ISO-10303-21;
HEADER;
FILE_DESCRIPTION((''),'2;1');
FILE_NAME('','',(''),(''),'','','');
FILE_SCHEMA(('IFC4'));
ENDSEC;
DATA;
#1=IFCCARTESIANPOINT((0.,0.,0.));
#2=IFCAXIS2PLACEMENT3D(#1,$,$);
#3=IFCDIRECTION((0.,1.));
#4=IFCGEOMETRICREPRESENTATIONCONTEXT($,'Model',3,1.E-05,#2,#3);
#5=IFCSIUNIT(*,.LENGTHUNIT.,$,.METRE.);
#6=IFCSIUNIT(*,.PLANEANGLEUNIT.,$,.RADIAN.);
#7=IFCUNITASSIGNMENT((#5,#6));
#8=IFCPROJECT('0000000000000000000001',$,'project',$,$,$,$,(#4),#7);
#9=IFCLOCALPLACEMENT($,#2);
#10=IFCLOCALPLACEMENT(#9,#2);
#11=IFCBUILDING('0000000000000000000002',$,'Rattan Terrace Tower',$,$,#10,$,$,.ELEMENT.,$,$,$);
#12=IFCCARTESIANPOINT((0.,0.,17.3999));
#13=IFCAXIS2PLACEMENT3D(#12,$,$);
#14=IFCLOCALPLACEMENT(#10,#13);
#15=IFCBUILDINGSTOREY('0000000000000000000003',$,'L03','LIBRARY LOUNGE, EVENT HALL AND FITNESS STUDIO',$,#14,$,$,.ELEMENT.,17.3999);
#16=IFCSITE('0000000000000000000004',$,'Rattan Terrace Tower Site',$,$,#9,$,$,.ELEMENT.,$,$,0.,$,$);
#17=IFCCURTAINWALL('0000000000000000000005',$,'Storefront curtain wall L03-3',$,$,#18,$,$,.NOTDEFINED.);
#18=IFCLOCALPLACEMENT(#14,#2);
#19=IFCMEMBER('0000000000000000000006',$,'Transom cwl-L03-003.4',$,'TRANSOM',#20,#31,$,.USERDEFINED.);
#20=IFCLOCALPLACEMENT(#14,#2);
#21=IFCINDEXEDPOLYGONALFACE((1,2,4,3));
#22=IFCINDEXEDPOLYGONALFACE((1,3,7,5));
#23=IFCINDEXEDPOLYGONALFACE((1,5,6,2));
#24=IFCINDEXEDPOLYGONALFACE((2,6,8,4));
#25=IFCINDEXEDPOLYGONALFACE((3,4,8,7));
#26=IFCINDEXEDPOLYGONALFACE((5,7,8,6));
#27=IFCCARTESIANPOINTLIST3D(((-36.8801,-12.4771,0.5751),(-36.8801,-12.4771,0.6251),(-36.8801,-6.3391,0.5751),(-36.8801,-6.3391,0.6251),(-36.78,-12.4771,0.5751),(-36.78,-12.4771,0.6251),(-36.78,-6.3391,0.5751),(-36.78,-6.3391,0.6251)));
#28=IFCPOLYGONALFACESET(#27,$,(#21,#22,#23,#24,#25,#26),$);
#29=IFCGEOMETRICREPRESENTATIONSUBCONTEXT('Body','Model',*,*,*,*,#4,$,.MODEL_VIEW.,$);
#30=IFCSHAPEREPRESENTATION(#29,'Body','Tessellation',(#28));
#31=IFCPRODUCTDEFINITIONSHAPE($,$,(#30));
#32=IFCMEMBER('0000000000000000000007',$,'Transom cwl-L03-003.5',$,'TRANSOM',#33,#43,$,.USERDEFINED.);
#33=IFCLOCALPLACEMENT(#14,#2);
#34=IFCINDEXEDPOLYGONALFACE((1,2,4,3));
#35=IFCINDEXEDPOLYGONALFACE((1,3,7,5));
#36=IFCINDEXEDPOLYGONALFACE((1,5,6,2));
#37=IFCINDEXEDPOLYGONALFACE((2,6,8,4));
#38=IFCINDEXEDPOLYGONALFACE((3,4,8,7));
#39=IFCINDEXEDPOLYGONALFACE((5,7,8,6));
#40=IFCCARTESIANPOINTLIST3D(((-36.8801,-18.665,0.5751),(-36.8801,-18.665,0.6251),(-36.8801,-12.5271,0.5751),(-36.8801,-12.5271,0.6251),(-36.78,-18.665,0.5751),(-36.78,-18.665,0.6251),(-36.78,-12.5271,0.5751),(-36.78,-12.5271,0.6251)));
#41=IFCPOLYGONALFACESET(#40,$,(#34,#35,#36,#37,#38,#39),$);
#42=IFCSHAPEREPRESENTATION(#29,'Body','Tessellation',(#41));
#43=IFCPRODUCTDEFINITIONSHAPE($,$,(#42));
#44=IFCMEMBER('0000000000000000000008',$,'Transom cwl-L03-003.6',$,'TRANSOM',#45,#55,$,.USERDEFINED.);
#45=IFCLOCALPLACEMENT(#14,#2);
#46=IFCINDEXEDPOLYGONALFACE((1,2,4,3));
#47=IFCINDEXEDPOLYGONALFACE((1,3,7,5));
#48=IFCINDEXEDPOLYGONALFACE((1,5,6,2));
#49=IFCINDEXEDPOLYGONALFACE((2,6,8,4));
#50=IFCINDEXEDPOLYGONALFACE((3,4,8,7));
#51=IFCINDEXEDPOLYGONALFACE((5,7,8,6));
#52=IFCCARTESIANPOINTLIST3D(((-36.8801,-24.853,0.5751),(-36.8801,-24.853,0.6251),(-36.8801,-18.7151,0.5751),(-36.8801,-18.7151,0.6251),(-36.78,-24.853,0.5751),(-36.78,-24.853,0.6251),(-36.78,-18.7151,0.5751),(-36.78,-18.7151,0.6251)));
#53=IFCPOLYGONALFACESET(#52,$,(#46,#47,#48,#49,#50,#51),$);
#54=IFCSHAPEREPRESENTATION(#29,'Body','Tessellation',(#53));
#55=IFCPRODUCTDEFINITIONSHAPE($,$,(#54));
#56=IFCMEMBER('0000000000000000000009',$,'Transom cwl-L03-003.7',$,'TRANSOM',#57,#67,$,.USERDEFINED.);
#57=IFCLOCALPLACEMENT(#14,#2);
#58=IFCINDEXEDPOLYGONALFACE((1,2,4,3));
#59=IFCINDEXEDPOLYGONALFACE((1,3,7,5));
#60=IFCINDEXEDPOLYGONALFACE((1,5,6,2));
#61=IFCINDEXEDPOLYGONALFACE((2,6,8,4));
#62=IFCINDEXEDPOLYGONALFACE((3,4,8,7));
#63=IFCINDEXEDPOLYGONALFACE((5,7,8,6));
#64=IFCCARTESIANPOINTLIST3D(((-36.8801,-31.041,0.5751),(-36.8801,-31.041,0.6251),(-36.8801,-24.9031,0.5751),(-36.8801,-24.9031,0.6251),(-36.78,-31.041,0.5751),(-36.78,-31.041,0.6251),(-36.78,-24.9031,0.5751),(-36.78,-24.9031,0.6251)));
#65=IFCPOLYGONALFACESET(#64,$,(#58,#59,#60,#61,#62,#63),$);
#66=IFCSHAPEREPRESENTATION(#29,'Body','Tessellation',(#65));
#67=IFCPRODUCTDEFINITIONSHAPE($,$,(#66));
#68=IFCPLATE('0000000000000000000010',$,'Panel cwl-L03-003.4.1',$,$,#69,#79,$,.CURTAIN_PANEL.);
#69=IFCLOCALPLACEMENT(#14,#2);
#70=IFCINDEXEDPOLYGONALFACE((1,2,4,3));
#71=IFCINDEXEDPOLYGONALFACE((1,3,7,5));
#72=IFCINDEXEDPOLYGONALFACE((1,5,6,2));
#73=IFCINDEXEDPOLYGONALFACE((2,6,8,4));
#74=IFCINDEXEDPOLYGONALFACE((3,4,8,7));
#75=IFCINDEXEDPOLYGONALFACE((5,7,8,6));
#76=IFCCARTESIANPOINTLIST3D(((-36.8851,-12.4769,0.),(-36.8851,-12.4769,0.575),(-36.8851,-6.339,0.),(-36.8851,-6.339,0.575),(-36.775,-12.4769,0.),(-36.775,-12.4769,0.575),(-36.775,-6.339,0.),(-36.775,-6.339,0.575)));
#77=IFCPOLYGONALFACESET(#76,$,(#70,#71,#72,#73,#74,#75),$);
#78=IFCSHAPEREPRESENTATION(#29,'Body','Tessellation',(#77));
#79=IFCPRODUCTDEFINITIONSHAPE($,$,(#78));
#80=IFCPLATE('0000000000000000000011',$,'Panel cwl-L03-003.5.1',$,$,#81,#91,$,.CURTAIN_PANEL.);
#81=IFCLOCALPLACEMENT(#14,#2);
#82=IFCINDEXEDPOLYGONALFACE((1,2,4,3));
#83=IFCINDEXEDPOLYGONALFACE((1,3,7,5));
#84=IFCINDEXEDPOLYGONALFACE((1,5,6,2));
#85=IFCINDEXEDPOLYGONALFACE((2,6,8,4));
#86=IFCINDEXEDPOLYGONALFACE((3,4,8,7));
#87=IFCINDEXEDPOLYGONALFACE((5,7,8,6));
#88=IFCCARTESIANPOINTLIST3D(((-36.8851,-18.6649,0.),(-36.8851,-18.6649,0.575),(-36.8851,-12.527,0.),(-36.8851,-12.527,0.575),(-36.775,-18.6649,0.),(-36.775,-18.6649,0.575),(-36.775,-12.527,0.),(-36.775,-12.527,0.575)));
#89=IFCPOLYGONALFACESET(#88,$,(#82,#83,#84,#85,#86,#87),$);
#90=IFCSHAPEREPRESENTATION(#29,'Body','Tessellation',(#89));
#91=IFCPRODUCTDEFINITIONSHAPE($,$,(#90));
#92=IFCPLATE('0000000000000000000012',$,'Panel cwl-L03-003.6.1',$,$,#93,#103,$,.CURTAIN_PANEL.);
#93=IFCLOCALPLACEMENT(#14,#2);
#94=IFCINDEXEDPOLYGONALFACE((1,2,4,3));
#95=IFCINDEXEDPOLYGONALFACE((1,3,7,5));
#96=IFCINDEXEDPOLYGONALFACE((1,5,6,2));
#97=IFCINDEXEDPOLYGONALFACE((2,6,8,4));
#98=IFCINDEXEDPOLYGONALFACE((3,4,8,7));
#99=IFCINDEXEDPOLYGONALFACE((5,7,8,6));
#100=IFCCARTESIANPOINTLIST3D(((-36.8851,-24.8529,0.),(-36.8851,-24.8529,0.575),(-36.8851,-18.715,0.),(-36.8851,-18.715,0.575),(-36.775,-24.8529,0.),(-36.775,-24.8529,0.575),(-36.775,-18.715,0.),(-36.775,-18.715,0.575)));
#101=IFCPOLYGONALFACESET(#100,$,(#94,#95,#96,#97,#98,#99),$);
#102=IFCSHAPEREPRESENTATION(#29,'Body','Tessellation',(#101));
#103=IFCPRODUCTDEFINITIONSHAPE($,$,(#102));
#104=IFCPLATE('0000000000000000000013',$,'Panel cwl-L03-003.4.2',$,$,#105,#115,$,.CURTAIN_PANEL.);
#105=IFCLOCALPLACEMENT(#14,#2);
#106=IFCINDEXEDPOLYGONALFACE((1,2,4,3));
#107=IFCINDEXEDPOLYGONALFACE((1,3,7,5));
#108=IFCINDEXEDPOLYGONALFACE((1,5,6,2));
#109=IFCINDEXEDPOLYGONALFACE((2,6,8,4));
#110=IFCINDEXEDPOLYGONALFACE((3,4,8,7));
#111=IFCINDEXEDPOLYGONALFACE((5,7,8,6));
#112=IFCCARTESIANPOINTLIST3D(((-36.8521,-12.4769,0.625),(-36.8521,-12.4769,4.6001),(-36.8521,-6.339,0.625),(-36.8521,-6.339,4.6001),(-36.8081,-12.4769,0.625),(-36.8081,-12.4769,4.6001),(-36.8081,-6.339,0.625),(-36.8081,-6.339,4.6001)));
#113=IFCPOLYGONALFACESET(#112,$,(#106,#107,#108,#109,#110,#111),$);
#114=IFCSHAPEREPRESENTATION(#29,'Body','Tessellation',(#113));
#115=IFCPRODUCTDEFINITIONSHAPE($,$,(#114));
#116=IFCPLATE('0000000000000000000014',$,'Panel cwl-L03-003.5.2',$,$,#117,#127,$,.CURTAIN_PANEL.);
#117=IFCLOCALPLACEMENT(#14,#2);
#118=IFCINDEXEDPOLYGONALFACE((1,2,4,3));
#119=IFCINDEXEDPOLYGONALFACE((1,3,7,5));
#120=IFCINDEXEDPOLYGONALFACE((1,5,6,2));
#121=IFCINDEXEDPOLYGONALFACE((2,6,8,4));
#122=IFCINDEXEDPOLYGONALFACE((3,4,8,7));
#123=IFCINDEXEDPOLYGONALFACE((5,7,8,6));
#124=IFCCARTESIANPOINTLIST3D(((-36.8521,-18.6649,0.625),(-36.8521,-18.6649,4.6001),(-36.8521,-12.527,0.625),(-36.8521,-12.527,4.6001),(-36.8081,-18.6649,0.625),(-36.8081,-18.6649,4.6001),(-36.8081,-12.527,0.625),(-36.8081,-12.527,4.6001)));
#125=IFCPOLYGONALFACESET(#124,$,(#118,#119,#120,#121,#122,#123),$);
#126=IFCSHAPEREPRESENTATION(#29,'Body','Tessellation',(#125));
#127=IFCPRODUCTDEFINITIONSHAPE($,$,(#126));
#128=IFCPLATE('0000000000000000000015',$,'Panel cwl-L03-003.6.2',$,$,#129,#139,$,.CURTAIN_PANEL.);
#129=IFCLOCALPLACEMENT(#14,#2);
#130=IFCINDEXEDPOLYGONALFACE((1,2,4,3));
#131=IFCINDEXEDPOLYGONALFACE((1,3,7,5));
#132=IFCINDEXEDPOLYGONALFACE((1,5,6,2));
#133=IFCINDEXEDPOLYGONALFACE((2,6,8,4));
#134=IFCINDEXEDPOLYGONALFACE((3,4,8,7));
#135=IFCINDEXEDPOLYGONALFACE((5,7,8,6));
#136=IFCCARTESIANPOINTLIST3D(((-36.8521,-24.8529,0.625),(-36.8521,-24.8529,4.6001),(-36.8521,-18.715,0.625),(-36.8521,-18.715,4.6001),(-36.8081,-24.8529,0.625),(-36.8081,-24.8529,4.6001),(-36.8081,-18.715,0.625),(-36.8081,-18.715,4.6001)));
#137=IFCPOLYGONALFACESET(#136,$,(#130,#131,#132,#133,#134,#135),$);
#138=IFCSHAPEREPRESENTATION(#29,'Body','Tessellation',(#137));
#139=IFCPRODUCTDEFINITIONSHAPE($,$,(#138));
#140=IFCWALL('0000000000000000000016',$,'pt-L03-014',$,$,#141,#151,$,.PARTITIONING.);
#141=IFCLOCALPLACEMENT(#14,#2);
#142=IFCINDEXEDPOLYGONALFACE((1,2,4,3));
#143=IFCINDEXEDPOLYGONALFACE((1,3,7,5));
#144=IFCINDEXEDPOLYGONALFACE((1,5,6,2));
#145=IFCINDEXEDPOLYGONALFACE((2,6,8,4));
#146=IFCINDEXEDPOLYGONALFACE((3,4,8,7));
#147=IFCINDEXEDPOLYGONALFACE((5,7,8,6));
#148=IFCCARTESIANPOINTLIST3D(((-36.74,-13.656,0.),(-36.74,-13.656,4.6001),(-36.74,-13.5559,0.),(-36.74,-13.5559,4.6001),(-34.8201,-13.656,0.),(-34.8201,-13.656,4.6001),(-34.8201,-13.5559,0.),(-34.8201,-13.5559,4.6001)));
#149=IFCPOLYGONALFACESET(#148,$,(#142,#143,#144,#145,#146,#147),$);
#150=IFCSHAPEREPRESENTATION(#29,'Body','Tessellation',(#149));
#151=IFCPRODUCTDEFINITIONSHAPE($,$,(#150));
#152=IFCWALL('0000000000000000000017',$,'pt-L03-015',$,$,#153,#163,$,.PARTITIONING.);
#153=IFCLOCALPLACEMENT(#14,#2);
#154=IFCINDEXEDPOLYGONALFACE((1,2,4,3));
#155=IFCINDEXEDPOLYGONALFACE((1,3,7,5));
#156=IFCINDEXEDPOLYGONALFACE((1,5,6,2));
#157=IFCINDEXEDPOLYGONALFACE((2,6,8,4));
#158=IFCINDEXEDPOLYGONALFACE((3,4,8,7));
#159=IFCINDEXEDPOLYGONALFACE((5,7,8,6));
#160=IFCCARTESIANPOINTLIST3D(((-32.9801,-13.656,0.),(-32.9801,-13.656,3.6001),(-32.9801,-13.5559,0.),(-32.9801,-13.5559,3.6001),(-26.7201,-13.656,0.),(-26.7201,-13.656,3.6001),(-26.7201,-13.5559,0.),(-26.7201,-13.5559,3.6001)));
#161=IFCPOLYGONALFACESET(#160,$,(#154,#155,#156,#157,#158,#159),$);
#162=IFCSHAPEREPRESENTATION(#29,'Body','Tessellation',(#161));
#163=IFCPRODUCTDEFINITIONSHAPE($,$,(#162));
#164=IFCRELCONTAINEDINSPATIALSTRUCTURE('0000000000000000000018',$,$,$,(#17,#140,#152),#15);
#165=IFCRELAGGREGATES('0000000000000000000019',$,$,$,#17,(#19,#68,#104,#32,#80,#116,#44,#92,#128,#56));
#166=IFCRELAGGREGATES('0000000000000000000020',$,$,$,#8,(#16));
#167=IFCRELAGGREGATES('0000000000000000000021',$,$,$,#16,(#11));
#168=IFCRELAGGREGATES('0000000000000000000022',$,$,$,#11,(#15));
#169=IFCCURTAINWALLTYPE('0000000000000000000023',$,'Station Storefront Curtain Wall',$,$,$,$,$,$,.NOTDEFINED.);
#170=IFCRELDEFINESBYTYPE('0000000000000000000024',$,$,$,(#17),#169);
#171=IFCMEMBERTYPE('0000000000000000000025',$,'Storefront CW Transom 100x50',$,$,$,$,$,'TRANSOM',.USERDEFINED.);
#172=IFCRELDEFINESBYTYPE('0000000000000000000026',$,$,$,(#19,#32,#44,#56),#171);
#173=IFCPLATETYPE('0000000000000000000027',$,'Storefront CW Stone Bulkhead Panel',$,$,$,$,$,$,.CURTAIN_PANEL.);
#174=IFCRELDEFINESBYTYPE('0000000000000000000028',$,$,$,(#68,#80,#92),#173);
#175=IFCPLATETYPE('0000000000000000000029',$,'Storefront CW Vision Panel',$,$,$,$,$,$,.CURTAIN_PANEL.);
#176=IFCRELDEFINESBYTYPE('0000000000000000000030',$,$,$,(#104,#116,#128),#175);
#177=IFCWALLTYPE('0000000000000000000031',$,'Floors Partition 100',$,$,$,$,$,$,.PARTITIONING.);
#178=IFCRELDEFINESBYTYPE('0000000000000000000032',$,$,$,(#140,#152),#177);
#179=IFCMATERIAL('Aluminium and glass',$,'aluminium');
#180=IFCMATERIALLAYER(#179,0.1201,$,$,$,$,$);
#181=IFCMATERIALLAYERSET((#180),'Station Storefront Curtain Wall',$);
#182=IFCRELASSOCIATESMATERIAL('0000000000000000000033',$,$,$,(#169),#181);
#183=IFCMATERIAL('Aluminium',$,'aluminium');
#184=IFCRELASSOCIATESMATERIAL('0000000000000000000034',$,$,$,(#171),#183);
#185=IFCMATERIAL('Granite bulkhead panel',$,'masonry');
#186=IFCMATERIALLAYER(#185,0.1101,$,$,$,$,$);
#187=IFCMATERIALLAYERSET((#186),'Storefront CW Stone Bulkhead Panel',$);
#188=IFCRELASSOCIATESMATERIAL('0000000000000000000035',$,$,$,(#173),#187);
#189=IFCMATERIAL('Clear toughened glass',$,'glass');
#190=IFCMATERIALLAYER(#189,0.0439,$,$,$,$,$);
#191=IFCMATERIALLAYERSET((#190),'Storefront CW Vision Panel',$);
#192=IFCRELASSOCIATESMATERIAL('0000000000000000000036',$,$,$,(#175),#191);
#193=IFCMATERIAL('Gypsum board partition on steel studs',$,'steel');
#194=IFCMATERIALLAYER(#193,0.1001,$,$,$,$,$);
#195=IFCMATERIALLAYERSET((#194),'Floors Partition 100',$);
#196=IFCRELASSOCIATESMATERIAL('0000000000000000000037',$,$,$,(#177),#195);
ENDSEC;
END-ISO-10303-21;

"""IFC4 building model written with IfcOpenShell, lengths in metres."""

from ifc_helpers import new_model, si_unit, direction, frame, frame_2d, origin, origin_2d, place, context, subcontext, project, spatial, rectangle, extrude, material, layer, layer_set, material_profile, profile_set, type_object, element, aggregate, save


model = new_model("IFC4")

# Units and contexts
model_context = context("Model", 3, precision=1e-05, world=origin(), true_north=direction((0.0, 1.0)))
body_context = subcontext(model_context, "Body", "Model", "MODEL_VIEW")
ifc_project = project(units=[si_unit("LENGTHUNIT", "METRE"), si_unit("PLANEANGLEUNIT", "RADIAN")], contexts=[model_context])

# Site, building, storey
site_placement = place(None, origin())
site = spatial("IfcSite", under=ifc_project, at=site_placement, Name="Rattan Terrace Tower Site", CompositionType="ELEMENT", RefElevation=0.0)
building_placement = place(site_placement, origin())
building = spatial("IfcBuilding", under=site, at=building_placement, Name="Rattan Terrace Tower", CompositionType="ELEMENT")
storey_placement = place(building_placement, frame((0.0, 0.0, 17.3999)))
storey = spatial("IfcBuildingStorey", under=building, at=storey_placement, Name="L03", Description="LIBRARY LOUNGE, EVENT HALL AND FITNESS STUDIO", CompositionType="ELEMENT", Elevation=17.3999)

# Curtain wall, members, plates
ifc_material_1 = material(Name="Aluminium and glass", Category="aluminium")
ifc_layer_1 = layer(ifc_material_1, 0.1201)
ifc_layer_set_1 = layer_set([ifc_layer_1], Name="Station Storefront Curtain Wall")
curtain_wall_type = type_object("IfcCurtainWallType", Name="Station Storefront Curtain Wall", PredefinedType="NOTDEFINED", material=ifc_layer_set_1)
curtain_wall_placement = place(storey_placement, origin())
curtain_wall = element("IfcCurtainWall", 1, at=curtain_wall_placement, inside=storey, type_object=curtain_wall_type, Name="Storefront curtain wall L03-3", PredefinedType="NOTDEFINED")
ifc_material_2 = material(Name="Aluminium", Category="aluminium")
ifc_material_profile_1 = material_profile(ifc_material_2, rectangle(XDim=0.1001, YDim=0.05, at=origin_2d()), Name="Aluminium 100x50")
ifc_profile_set_1 = profile_set([ifc_material_profile_1], Name="Aluminium")
member_type_1 = type_object("IfcMemberType", Name="Storefront CW Transom 100x50", ElementType="TRANSOM", PredefinedType="USERDEFINED", material=ifc_profile_set_1)
member_1_placement = place(storey_placement, frame((-36.8301, -6.3391, 0.6001), z_axis=(0.0, -1.0, 0.0), x_axis=(1.0, 0.0, 0.0)))
member_1 = element("IfcMember", 2, at=member_1_placement, type_object=member_type_1, Name="Transom cwl-L03-003.4", ObjectType="TRANSOM", PredefinedType="USERDEFINED", context=body_context, shape_type="SweptSolid", body=[
    extrude(rectangle(XDim=0.1001, YDim=0.05, at=origin_2d()), origin(), (0.0, 0.0, 1.0), 6.1379),
])
member_2_placement = place(storey_placement, frame((-36.8301, -12.5271, 0.6001), z_axis=(0.0, -1.0, 0.0), x_axis=(1.0, 0.0, 0.0)))
member_2 = element("IfcMember", 3, at=member_2_placement, type_object=member_type_1, Name="Transom cwl-L03-003.5", ObjectType="TRANSOM", PredefinedType="USERDEFINED", context=body_context, shape_type="SweptSolid", body=[
    extrude(rectangle(XDim=0.1001, YDim=0.05, at=origin_2d()), origin(), (0.0, 0.0, 1.0), 6.1379),
])
member_3_placement = place(storey_placement, frame((-36.8301, -18.7151, 0.6001), z_axis=(0.0, -1.0, 0.0), x_axis=(1.0, 0.0, 0.0)))
member_3 = element("IfcMember", 4, at=member_3_placement, type_object=member_type_1, Name="Transom cwl-L03-003.6", ObjectType="TRANSOM", PredefinedType="USERDEFINED", context=body_context, shape_type="SweptSolid", body=[
    extrude(rectangle(XDim=0.1001, YDim=0.05, at=origin_2d()), origin(), (0.0, 0.0, 1.0), 6.1379),
])
member_4_placement = place(storey_placement, frame((-36.8301, -24.9031, 0.6001), z_axis=(0.0, -1.0, 0.0), x_axis=(1.0, 0.0, 0.0)))
member_4 = element("IfcMember", 5, at=member_4_placement, type_object=member_type_1, Name="Transom cwl-L03-003.7", ObjectType="TRANSOM", PredefinedType="USERDEFINED", context=body_context, shape_type="SweptSolid", body=[
    extrude(rectangle(XDim=0.1001, YDim=0.05, at=origin_2d()), origin(), (0.0, 0.0, 1.0), 6.1379),
])
ifc_material_3 = material(Name="Granite bulkhead panel", Category="masonry")
ifc_layer_2 = layer(ifc_material_3, 0.1101)
ifc_layer_set_2 = layer_set([ifc_layer_2], Name="Storefront CW Stone Bulkhead Panel")
plate_type_1 = type_object("IfcPlateType", Name="Storefront CW Stone Bulkhead Panel", PredefinedType="CURTAIN_PANEL", material=ifc_layer_set_2)
plate_1_placement = place(storey_placement, frame((-36.8301, -9.408, 0.0), z_axis=(0.0, 0.0, 1.0), x_axis=(0.0, -1.0, 0.0)))
plate_1 = element("IfcPlate", 6, at=plate_1_placement, type_object=plate_type_1, Name="Panel cwl-L03-003.4.1", PredefinedType="CURTAIN_PANEL", context=body_context, shape_type="SweptSolid", body=[
    extrude(rectangle(XDim=6.1379, YDim=0.1101, at=origin_2d()), origin(), (0.0, 0.0, 1.0), 0.575),
])
plate_2_placement = place(storey_placement, frame((-36.8301, -15.5959, 0.0), z_axis=(0.0, 0.0, 1.0), x_axis=(0.0, -1.0, 0.0)))
plate_2 = element("IfcPlate", 7, at=plate_2_placement, type_object=plate_type_1, Name="Panel cwl-L03-003.5.1", PredefinedType="CURTAIN_PANEL", context=body_context, shape_type="SweptSolid", body=[
    extrude(rectangle(XDim=6.1379, YDim=0.1101, at=origin_2d()), origin(), (0.0, 0.0, 1.0), 0.575),
])
plate_3_placement = place(storey_placement, frame((-36.8301, -21.7839, 0.0), z_axis=(0.0, 0.0, 1.0), x_axis=(0.0, -1.0, 0.0)))
plate_3 = element("IfcPlate", 8, at=plate_3_placement, type_object=plate_type_1, Name="Panel cwl-L03-003.6.1", PredefinedType="CURTAIN_PANEL", context=body_context, shape_type="SweptSolid", body=[
    extrude(rectangle(XDim=6.1379, YDim=0.1101, at=origin_2d()), origin(), (0.0, 0.0, 1.0), 0.575),
])
ifc_material_4 = material(Name="Clear toughened glass", Category="glass")
ifc_layer_3 = layer(ifc_material_4, 0.0439)
ifc_layer_set_3 = layer_set([ifc_layer_3], Name="Storefront CW Vision Panel")
plate_type_2 = type_object("IfcPlateType", Name="Storefront CW Vision Panel", PredefinedType="CURTAIN_PANEL", material=ifc_layer_set_3)
plate_4_placement = place(storey_placement, frame((-36.8301, -9.408, 0.625), z_axis=(0.0, 0.0, 1.0), x_axis=(0.0, -1.0, 0.0)))
plate_4 = element("IfcPlate", 9, at=plate_4_placement, type_object=plate_type_2, Name="Panel cwl-L03-003.4.2", PredefinedType="CURTAIN_PANEL", context=body_context, shape_type="SweptSolid", body=[
    extrude(rectangle(XDim=6.1379, YDim=0.0439, at=origin_2d()), origin(), (0.0, 0.0, 1.0), 3.9751),
])
plate_5_placement = place(storey_placement, frame((-36.8301, -15.5959, 0.625), z_axis=(0.0, 0.0, 1.0), x_axis=(0.0, -1.0, 0.0)))
plate_5 = element("IfcPlate", 10, at=plate_5_placement, type_object=plate_type_2, Name="Panel cwl-L03-003.5.2", PredefinedType="CURTAIN_PANEL", context=body_context, shape_type="SweptSolid", body=[
    extrude(rectangle(XDim=6.1379, YDim=0.0439, at=origin_2d()), origin(), (0.0, 0.0, 1.0), 3.9751),
])
plate_6_placement = place(storey_placement, frame((-36.8301, -21.7839, 0.625), z_axis=(0.0, 0.0, 1.0), x_axis=(0.0, -1.0, 0.0)))
plate_6 = element("IfcPlate", 11, at=plate_6_placement, type_object=plate_type_2, Name="Panel cwl-L03-003.6.2", PredefinedType="CURTAIN_PANEL", context=body_context, shape_type="SweptSolid", body=[
    extrude(rectangle(XDim=6.1379, YDim=0.0439, at=origin_2d()), origin(), (0.0, 0.0, 1.0), 3.9751),
])
aggregate(curtain_wall, [member_1, plate_1, plate_4, member_2, plate_2, plate_5, member_3, plate_3, plate_6, member_4])

# Walls
ifc_material_5 = material(Name="Gypsum board partition on steel studs", Category="steel")
ifc_layer_4 = layer(ifc_material_5, 0.1001)
ifc_layer_set_4 = layer_set([ifc_layer_4], Name="Floors Partition 100")
wall_type_1 = type_object("IfcWallType", Name="Floors Partition 100", PredefinedType="PARTITIONING", material=ifc_layer_set_4)
wall_1_placement = place(storey_placement, frame((-36.74, -13.606, 0.0), z_axis=(0.0, 0.0, 1.0), x_axis=(1.0, 0.0, 0.0)))
element("IfcWall", 12, at=wall_1_placement, inside=storey, type_object=wall_type_1, Name="pt-L03-014", PredefinedType="PARTITIONING", context=body_context, shape_type="SweptSolid", body=[
    extrude(rectangle(XDim=1.9199, YDim=0.1001, at=frame_2d((0.96, 0.0))), origin(), (0.0, 0.0, 1.0), 4.6001),
])
wall_2_placement = place(storey_placement, frame((-32.98, -13.606, 0.0), z_axis=(0.0, 0.0, 1.0), x_axis=(1.0, 0.0, 0.0)))
element("IfcWall", 13, at=wall_2_placement, inside=storey, type_object=wall_type_1, Name="pt-L03-015", PredefinedType="PARTITIONING", context=body_context, shape_type="SweptSolid", body=[
    extrude(rectangle(XDim=6.26, YDim=0.1001, at=frame_2d((3.1299, 0.0))), origin(), (0.0, 0.0, 1.0), 3.6001),
])

save(model, "model.ifc")
